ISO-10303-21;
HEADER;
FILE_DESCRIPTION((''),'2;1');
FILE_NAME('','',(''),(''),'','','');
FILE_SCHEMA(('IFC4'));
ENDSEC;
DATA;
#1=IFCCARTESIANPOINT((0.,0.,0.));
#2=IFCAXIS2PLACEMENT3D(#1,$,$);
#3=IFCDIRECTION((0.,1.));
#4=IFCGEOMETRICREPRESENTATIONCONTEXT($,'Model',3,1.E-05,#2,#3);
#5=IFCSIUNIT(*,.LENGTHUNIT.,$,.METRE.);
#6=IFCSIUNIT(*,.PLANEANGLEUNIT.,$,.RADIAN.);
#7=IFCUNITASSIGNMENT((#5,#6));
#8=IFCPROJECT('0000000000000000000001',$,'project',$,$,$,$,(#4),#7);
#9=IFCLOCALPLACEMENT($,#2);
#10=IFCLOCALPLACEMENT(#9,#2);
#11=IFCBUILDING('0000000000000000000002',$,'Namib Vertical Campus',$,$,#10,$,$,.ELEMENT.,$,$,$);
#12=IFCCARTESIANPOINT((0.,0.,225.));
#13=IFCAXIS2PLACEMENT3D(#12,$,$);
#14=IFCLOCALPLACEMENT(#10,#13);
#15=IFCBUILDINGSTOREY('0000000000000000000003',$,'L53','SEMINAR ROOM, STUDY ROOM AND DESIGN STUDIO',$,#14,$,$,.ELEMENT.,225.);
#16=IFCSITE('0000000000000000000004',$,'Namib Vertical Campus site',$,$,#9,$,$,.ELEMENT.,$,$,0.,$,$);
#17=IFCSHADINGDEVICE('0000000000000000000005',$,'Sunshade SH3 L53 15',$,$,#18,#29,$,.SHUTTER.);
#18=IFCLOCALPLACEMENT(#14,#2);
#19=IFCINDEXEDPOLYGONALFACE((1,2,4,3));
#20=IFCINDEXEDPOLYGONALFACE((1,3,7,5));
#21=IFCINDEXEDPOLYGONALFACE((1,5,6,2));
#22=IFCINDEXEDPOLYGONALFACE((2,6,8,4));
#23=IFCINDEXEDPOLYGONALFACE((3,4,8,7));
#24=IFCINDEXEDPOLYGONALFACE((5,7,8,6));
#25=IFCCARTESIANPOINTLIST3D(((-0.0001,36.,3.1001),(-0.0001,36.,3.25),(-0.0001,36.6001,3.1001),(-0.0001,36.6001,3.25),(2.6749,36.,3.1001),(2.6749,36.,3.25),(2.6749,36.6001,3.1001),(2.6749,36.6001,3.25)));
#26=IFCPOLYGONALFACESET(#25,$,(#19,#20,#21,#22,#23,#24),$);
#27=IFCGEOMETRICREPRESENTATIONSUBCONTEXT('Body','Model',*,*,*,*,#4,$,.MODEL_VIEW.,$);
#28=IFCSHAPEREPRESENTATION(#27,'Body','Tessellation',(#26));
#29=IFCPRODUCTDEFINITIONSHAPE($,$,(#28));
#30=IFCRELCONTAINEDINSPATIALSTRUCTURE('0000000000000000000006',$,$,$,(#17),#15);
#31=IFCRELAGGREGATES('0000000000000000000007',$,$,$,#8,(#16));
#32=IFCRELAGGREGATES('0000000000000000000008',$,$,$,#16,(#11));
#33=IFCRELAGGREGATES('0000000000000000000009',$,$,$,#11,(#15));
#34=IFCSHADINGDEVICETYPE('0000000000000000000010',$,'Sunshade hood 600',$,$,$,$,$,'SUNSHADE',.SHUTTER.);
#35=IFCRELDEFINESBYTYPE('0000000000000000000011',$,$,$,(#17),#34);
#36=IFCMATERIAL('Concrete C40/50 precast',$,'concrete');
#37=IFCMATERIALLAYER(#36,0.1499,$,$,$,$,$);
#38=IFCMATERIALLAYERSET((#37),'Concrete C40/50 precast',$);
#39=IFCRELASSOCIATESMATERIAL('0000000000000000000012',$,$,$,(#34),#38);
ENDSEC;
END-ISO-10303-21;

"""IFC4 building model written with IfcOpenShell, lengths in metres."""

from ifc_helpers import new_model, si_unit, direction, frame, origin, origin_2d, place, context, subcontext, project, spatial, rectangle, extrude, material, layer, layer_set, type_object, element, save


model = new_model("IFC4")

# Units and contexts
model_context = context("Model", 3, precision=1e-05, world=origin(), true_north=direction((0.0, 1.0)))
body_context = subcontext(model_context, "Body", "Model", "MODEL_VIEW")
ifc_project = project(units=[si_unit("LENGTHUNIT", "METRE"), si_unit("PLANEANGLEUNIT", "RADIAN")], contexts=[model_context])

# Site, building, storey
site_placement = place(None, origin())
site = spatial("IfcSite", under=ifc_project, at=site_placement, Name="Namib Vertical Campus site", CompositionType="ELEMENT", RefElevation=0.0)
building_placement = place(site_placement, origin())
building = spatial("IfcBuilding", under=site, at=building_placement, Name="Namib Vertical Campus", CompositionType="ELEMENT")
storey_placement = place(building_placement, frame((0.0, 0.0, 225.0)))
storey = spatial("IfcBuildingStorey", under=building, at=storey_placement, Name="L53", Description="SEMINAR ROOM, STUDY ROOM AND DESIGN STUDIO", CompositionType="ELEMENT", Elevation=225.0)

# Shading device
ifc_material_1 = material(Name="Concrete C40/50 precast", Category="concrete")
ifc_layer_1 = layer(ifc_material_1, 0.1499)
ifc_layer_set_1 = layer_set([ifc_layer_1], Name="Concrete C40/50 precast")
shading_device_type = type_object("IfcShadingDeviceType", Name="Sunshade hood 600", ElementType="SUNSHADE", PredefinedType="SHUTTER", material=ifc_layer_set_1)
for number, where, z_axis, x_axis, name in (
    (1, (1.3374, 36.3, 3.1001), (0.0, 0.0, 1.0), (-1.0, 0.0, 0.0), "Sunshade SH3 L53 15"),
):
    element("IfcShadingDevice", number, at=place(storey_placement, frame(where, z_axis=z_axis, x_axis=x_axis)), inside=storey, type_object=shading_device_type, Name=name, PredefinedType="SHUTTER", context=body_context, shape_type="SweptSolid", body=[
        extrude(rectangle(XDim=2.675, YDim=0.6001, at=origin_2d()), origin(), (0.0, 0.0, 1.0), 0.1499),
    ])

save(model, "model.ifc")
